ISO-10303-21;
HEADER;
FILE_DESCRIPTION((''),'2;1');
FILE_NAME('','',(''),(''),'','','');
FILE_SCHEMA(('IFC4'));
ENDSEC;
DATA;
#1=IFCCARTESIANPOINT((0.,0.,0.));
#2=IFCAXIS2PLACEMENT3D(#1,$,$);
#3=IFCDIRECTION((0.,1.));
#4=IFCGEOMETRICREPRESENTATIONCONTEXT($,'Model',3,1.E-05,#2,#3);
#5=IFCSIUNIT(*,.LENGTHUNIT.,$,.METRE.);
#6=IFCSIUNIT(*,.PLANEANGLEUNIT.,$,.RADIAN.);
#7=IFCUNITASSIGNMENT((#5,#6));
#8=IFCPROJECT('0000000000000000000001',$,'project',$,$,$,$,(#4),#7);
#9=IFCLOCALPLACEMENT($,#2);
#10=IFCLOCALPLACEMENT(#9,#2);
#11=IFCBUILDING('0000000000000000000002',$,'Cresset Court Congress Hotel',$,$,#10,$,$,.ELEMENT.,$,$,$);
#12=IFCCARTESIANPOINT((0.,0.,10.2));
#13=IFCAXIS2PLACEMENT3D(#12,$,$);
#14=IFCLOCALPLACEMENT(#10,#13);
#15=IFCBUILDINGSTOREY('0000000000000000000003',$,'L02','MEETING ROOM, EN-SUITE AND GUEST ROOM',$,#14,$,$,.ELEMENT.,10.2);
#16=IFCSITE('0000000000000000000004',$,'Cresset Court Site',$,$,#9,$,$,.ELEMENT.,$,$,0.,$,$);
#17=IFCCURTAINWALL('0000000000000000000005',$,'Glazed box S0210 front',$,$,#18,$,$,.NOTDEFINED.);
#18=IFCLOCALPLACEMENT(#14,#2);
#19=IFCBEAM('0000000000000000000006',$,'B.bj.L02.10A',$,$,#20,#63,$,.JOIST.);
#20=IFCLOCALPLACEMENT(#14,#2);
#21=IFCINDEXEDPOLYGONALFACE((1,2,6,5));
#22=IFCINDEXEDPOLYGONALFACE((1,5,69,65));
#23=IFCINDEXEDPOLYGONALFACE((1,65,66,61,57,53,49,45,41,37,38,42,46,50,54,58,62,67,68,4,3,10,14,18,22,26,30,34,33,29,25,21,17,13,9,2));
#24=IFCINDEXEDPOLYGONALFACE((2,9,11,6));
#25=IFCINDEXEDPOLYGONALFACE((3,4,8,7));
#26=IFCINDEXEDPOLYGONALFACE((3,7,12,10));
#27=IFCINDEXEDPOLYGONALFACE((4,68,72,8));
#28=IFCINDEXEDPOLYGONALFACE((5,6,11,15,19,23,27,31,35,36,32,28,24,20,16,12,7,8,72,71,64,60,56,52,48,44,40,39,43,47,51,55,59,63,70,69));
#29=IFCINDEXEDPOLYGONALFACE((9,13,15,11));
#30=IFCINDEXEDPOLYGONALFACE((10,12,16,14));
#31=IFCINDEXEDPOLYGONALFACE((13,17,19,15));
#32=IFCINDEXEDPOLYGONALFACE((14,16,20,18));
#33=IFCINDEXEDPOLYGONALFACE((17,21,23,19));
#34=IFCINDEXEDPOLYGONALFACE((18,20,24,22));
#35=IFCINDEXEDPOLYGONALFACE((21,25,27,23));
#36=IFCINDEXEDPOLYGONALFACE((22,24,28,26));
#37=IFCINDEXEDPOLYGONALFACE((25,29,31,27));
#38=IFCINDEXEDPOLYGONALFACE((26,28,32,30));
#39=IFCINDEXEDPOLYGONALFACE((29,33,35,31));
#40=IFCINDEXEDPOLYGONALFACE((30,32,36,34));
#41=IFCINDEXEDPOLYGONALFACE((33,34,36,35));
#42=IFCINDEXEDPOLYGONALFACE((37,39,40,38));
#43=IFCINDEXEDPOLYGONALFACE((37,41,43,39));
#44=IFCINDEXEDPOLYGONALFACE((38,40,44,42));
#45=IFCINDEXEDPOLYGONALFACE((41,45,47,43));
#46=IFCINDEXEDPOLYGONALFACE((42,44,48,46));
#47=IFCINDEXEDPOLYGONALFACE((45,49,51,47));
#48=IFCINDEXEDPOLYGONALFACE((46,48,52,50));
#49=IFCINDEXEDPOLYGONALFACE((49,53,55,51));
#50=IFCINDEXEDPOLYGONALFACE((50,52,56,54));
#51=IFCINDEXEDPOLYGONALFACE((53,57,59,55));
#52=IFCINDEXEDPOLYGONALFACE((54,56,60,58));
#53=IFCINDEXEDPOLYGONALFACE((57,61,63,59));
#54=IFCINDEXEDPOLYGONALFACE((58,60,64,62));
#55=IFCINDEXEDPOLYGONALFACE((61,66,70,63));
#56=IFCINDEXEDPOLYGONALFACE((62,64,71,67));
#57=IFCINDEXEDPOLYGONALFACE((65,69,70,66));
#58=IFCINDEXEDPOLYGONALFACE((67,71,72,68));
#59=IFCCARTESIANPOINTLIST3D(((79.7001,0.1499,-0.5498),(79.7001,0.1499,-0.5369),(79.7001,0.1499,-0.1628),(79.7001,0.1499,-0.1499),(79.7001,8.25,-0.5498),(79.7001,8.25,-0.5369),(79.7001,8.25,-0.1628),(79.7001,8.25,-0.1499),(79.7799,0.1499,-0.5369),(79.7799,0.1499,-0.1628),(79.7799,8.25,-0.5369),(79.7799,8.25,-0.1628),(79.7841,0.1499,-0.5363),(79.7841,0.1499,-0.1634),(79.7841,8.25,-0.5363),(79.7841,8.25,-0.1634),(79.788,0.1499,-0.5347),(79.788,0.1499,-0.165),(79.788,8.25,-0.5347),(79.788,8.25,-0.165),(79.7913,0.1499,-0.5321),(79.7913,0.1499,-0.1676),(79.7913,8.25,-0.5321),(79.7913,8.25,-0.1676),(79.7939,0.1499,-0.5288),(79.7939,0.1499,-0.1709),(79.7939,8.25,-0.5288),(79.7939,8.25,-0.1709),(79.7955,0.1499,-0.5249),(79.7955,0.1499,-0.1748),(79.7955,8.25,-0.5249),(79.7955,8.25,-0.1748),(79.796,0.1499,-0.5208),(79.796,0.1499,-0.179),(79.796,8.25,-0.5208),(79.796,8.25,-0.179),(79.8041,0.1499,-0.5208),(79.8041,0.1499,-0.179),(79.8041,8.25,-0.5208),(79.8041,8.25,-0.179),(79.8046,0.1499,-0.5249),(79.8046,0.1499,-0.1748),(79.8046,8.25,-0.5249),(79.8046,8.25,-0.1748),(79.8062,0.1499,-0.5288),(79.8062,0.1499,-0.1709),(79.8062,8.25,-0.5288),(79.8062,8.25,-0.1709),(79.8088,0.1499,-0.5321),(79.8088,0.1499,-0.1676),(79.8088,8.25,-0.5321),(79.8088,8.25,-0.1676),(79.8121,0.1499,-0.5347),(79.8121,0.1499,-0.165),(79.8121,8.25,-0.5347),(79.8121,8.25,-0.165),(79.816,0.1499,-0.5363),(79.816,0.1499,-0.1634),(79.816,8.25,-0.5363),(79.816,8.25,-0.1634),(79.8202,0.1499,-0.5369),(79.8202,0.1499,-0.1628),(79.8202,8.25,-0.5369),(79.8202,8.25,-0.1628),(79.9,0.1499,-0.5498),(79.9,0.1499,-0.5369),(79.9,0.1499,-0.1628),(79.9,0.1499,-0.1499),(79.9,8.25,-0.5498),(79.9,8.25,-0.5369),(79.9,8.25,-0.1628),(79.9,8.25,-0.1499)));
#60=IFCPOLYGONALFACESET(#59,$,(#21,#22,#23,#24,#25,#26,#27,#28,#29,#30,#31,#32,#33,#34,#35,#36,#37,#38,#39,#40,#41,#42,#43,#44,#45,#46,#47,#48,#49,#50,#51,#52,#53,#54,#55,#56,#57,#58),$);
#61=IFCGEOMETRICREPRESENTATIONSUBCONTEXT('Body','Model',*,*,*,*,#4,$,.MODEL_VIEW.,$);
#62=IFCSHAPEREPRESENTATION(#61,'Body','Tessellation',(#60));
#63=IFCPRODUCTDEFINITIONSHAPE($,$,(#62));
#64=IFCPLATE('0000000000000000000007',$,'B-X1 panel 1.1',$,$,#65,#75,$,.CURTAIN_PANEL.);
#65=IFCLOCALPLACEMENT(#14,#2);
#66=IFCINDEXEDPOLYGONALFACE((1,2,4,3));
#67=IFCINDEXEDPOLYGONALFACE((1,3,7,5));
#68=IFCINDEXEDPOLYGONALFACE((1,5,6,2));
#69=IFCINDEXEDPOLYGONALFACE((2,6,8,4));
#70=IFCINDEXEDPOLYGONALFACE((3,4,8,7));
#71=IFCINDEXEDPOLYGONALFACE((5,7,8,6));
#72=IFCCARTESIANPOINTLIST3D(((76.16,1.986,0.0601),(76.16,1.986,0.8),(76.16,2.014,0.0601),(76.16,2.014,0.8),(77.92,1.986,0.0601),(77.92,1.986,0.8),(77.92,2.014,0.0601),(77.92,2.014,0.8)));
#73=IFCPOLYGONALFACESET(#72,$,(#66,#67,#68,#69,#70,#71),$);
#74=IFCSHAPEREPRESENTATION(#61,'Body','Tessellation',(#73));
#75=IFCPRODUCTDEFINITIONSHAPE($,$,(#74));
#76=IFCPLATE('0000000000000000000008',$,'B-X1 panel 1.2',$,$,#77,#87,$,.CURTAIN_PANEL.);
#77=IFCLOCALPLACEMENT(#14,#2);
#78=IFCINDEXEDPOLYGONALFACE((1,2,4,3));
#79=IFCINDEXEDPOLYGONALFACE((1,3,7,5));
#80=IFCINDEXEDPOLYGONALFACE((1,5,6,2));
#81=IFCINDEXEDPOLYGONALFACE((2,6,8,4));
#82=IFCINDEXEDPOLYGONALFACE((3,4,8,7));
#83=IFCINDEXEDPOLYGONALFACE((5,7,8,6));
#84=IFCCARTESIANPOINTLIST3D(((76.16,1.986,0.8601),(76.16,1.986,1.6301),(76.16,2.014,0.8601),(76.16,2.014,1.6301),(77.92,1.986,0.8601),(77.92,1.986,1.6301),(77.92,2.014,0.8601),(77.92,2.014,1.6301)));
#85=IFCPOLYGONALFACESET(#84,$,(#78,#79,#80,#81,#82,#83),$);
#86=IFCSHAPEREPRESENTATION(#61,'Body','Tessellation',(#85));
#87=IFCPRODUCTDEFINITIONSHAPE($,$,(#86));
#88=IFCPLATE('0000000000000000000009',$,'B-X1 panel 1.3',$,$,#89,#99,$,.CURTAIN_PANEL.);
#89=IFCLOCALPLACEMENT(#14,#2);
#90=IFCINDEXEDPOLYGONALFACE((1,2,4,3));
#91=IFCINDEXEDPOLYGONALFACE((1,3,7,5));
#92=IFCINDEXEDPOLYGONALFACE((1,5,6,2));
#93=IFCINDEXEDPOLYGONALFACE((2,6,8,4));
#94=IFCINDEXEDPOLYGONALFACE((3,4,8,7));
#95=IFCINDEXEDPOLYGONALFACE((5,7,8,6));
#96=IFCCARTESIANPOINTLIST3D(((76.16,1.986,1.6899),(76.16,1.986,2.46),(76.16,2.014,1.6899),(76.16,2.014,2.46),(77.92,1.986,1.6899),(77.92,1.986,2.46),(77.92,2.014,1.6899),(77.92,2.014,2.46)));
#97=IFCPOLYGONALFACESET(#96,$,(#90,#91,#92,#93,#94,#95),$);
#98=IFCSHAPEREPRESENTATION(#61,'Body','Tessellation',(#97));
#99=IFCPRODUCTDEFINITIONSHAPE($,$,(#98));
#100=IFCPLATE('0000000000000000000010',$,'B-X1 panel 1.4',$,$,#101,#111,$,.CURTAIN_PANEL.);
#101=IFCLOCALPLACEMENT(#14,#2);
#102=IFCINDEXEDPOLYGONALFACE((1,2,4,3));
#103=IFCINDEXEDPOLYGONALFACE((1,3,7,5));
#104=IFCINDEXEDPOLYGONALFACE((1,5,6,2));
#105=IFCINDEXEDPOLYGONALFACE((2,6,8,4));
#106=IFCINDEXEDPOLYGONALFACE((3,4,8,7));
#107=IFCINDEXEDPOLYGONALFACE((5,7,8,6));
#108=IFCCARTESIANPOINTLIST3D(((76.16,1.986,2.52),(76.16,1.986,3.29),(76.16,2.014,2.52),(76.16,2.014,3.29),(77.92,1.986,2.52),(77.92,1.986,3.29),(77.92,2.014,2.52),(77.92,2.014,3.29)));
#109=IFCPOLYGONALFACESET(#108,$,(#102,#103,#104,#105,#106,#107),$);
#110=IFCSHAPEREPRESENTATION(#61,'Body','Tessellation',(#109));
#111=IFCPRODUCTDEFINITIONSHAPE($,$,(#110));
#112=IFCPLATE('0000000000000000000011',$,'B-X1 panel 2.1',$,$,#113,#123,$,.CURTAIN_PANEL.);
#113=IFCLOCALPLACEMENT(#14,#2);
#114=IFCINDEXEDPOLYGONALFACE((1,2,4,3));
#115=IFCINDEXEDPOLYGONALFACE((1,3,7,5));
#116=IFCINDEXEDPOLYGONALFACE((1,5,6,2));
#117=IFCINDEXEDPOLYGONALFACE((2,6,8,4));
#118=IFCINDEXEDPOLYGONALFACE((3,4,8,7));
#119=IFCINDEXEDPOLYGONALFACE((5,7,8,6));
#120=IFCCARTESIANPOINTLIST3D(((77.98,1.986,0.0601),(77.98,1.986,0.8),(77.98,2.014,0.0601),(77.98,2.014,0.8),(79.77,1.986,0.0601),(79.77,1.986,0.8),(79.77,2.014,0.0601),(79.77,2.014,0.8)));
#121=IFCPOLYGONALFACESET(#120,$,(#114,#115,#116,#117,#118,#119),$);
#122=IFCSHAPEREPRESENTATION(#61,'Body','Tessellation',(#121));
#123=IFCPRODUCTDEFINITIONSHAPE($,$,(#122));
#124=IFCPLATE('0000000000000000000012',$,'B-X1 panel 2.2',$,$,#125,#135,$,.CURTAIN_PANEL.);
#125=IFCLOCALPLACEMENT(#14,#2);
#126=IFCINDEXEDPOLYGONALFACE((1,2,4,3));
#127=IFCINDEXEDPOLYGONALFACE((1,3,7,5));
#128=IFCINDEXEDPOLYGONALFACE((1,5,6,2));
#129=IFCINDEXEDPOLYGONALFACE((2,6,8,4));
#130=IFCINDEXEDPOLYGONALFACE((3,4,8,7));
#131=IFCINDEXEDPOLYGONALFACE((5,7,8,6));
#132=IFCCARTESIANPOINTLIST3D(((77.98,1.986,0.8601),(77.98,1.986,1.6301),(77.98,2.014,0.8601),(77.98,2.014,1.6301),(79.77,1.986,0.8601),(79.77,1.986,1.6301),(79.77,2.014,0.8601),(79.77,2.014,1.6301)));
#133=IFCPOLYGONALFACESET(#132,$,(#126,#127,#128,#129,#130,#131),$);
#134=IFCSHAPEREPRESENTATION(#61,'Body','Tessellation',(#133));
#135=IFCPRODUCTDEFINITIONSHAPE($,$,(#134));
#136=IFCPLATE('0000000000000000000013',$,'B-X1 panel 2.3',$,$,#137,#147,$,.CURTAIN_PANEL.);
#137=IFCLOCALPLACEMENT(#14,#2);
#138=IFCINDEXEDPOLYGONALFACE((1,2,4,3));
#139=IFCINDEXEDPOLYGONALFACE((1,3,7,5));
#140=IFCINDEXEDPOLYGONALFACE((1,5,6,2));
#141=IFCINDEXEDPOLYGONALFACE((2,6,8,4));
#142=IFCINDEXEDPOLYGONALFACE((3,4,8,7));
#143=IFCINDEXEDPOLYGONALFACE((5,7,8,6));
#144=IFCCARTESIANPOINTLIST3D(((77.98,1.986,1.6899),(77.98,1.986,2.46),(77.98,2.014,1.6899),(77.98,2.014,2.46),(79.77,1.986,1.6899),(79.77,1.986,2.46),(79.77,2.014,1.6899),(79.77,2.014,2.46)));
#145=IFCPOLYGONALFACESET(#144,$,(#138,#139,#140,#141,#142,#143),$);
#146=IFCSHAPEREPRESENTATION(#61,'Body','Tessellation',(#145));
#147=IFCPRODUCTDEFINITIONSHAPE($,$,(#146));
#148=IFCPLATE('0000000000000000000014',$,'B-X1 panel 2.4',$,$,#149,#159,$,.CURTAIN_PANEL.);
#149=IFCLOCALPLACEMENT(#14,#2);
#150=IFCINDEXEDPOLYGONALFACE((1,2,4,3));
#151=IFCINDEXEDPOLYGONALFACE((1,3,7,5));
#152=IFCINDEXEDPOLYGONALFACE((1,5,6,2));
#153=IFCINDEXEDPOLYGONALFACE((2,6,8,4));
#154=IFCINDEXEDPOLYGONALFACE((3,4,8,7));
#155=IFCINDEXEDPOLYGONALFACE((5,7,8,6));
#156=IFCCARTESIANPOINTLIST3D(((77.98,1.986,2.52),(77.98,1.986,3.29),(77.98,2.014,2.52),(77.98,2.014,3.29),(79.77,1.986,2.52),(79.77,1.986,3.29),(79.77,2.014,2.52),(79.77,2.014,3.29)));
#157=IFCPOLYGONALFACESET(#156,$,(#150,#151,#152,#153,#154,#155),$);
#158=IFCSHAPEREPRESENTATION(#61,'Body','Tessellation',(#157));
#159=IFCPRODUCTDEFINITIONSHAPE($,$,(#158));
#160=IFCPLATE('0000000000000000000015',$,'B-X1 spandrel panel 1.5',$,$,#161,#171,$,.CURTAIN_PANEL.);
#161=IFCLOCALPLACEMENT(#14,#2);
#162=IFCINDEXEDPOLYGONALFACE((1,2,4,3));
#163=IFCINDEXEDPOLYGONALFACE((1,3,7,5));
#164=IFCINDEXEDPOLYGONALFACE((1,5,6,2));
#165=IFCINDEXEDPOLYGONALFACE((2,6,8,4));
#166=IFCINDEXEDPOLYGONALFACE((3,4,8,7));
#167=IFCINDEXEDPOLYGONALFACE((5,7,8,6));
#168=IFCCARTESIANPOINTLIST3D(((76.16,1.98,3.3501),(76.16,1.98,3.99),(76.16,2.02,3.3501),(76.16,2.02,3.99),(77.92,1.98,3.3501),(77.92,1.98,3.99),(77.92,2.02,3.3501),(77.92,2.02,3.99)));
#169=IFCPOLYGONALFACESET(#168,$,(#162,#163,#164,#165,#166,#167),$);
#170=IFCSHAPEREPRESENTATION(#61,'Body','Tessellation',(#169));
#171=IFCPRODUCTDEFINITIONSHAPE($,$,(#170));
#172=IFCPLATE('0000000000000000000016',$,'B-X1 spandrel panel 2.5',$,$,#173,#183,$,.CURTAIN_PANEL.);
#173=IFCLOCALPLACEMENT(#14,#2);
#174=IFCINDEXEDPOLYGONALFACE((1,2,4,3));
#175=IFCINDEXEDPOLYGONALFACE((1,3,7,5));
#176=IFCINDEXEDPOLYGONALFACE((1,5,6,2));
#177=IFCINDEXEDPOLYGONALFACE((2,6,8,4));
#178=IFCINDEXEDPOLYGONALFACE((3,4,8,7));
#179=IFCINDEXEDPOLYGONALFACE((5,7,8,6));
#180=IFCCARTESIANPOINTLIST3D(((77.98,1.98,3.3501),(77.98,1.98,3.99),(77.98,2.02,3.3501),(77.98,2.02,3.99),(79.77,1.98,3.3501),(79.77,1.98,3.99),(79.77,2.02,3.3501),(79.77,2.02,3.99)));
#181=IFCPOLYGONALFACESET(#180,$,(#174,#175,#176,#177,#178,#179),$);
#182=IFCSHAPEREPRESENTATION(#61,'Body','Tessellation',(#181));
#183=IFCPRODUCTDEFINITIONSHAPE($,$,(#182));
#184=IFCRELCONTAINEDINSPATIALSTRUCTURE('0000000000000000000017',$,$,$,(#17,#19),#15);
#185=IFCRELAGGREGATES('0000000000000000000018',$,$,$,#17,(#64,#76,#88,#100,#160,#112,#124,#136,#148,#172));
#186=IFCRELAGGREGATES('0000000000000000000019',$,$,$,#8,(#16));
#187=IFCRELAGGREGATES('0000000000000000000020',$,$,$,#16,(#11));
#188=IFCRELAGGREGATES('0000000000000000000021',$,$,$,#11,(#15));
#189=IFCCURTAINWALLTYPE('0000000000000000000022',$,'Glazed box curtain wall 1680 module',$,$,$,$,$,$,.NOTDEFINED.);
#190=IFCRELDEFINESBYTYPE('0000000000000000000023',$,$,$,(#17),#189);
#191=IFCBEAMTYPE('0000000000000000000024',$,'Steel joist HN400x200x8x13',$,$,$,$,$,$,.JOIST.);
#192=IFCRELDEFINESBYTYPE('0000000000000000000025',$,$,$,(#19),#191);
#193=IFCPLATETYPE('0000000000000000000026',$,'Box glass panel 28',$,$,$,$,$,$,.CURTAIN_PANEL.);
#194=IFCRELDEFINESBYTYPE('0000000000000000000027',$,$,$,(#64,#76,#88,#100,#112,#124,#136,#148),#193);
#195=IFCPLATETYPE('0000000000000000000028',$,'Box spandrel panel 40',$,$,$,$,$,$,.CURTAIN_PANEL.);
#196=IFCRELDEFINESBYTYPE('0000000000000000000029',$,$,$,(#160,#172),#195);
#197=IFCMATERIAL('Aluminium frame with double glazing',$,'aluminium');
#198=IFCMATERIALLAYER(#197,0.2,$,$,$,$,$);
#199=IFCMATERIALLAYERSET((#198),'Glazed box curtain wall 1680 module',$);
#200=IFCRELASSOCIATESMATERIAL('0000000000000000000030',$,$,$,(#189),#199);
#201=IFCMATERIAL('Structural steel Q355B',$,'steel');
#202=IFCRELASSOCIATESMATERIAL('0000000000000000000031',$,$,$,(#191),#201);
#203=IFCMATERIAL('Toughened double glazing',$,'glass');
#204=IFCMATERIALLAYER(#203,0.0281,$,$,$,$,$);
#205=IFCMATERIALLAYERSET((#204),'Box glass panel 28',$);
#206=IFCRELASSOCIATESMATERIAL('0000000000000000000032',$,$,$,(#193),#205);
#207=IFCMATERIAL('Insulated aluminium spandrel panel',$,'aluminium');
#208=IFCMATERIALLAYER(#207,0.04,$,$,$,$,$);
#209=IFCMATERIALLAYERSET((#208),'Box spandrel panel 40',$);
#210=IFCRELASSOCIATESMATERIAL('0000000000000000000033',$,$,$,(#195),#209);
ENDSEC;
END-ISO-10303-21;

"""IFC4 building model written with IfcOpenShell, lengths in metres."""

from ifc_helpers import new_model, si_unit, direction, frame, origin, origin_2d, place, context, subcontext, project, spatial, rectangle, i_section, extrude, material, layer, layer_set, material_profile, profile_set, type_object, element, aggregate, save


model = new_model("IFC4")

# Units and contexts
model_context = context("Model", 3, precision=1e-05, world=origin(), true_north=direction((0.0, 1.0)))
body_context = subcontext(model_context, "Body", "Model", "MODEL_VIEW")
ifc_project = project(units=[si_unit("LENGTHUNIT", "METRE"), si_unit("PLANEANGLEUNIT", "RADIAN")], contexts=[model_context])

# Site, building, storey
site_placement = place(None, origin())
site = spatial("IfcSite", under=ifc_project, at=site_placement, Name="Cresset Court Site", CompositionType="ELEMENT", RefElevation=0.0)
building_placement = place(site_placement, origin())
building = spatial("IfcBuilding", under=site, at=building_placement, Name="Cresset Court Congress Hotel", CompositionType="ELEMENT")
storey_placement = place(building_placement, frame((0.0, 0.0, 10.2)))
storey = spatial("IfcBuildingStorey", under=building, at=storey_placement, Name="L02", Description="MEETING ROOM, EN-SUITE AND GUEST ROOM", CompositionType="ELEMENT", Elevation=10.2)

# Curtain wall
ifc_material_1 = material(Name="Aluminium frame with double glazing", Category="aluminium")
ifc_layer_1 = layer(ifc_material_1, 0.2)
ifc_layer_set_1 = layer_set([ifc_layer_1], Name="Glazed box curtain wall 1680 module")
curtain_wall_type = type_object("IfcCurtainWallType", Name="Glazed box curtain wall 1680 module", PredefinedType="NOTDEFINED", material=ifc_layer_set_1)
curtain_wall_placement = place(storey_placement, origin())
curtain_wall = element("IfcCurtainWall", 1, at=curtain_wall_placement, inside=storey, type_object=curtain_wall_type, Name="Glazed box S0210 front", PredefinedType="NOTDEFINED")

# Beam
ifc_material_2 = material(Name="Structural steel Q355B", Category="steel")
ifc_material_profile_1 = material_profile(ifc_material_2, i_section(OverallWidth=0.2, OverallDepth=0.3999, WebThickness=0.0081, FlangeThickness=0.0129, FilletRadius=0.0161, at=origin_2d()), Name="HN400x200x8x13")
ifc_profile_set_1 = profile_set([ifc_material_profile_1], Name="Structural steel Q355B")
beam_type = type_object("IfcBeamType", Name="Steel joist HN400x200x8x13", PredefinedType="JOIST", material=ifc_profile_set_1)
beam_placement = place(storey_placement, frame((79.8, 0.1499, -0.3499), z_axis=(0.0, 1.0, 0.0), x_axis=(-1.0, 0.0, 0.0)))
element("IfcBeam", 2, at=beam_placement, inside=storey, type_object=beam_type, Name="B.bj.L02.10A", PredefinedType="JOIST", context=body_context, shape_type="SweptSolid", body=[
    extrude(i_section(OverallWidth=0.2, OverallDepth=0.3999, WebThickness=0.0081, FlangeThickness=0.0129, FilletRadius=0.0161, at=origin_2d()), origin(), (0.0, 0.0, 1.0), 8.1001),
])

# Plates
ifc_material_3 = material(Name="Toughened double glazing", Category="glass")
ifc_layer_2 = layer(ifc_material_3, 0.0281)
ifc_layer_set_2 = layer_set([ifc_layer_2], Name="Box glass panel 28")
plate_type_1 = type_object("IfcPlateType", Name="Box glass panel 28", PredefinedType="CURTAIN_PANEL", material=ifc_layer_set_2)
plate_1_placement = place(storey_placement, frame((77.04, 2.0, 0.0601), z_axis=(0.0, 0.0, 1.0), x_axis=(1.0, 0.0, 0.0)))
plate_1 = element("IfcPlate", 3, at=plate_1_placement, type_object=plate_type_1, Name="B-X1 panel 1.1", PredefinedType="CURTAIN_PANEL", context=body_context, shape_type="SweptSolid", body=[
    extrude(rectangle(XDim=1.76, YDim=0.0281, at=origin_2d()), origin(), (0.0, 0.0, 1.0), 0.74),
])
plate_2_placement = place(storey_placement, frame((77.04, 2.0, 0.8601), z_axis=(0.0, 0.0, 1.0), x_axis=(1.0, 0.0, 0.0)))
plate_2 = element("IfcPlate", 4, at=plate_2_placement, type_object=plate_type_1, Name="B-X1 panel 1.2", PredefinedType="CURTAIN_PANEL", context=body_context, shape_type="SweptSolid", body=[
    extrude(rectangle(XDim=1.76, YDim=0.0281, at=origin_2d()), origin(), (0.0, 0.0, 1.0), 0.77),
])
plate_3_placement = place(storey_placement, frame((77.04, 2.0, 1.6899), z_axis=(0.0, 0.0, 1.0), x_axis=(1.0, 0.0, 0.0)))
plate_3 = element("IfcPlate", 5, at=plate_3_placement, type_object=plate_type_1, Name="B-X1 panel 1.3", PredefinedType="CURTAIN_PANEL", context=body_context, shape_type="SweptSolid", body=[
    extrude(rectangle(XDim=1.76, YDim=0.0281, at=origin_2d()), origin(), (0.0, 0.0, 1.0), 0.77),
])
plate_4_placement = place(storey_placement, frame((77.04, 2.0, 2.52), z_axis=(0.0, 0.0, 1.0), x_axis=(1.0, 0.0, 0.0)))
plate_4 = element("IfcPlate", 6, at=plate_4_placement, type_object=plate_type_1, Name="B-X1 panel 1.4", PredefinedType="CURTAIN_PANEL", context=body_context, shape_type="SweptSolid", body=[
    extrude(rectangle(XDim=1.76, YDim=0.0281, at=origin_2d()), origin(), (0.0, 0.0, 1.0), 0.77),
])
plate_5_placement = place(storey_placement, frame((78.875, 2.0, 0.0601), z_axis=(0.0, 0.0, 1.0), x_axis=(1.0, 0.0, 0.0)))
plate_5 = element("IfcPlate", 7, at=plate_5_placement, type_object=plate_type_1, Name="B-X1 panel 2.1", PredefinedType="CURTAIN_PANEL", context=body_context, shape_type="SweptSolid", body=[
    extrude(rectangle(XDim=1.79, YDim=0.0281, at=origin_2d()), origin(), (0.0, 0.0, 1.0), 0.74),
])
plate_6_placement = place(storey_placement, frame((78.875, 2.0, 0.8601), z_axis=(0.0, 0.0, 1.0), x_axis=(1.0, 0.0, 0.0)))
plate_6 = element("IfcPlate", 8, at=plate_6_placement, type_object=plate_type_1, Name="B-X1 panel 2.2", PredefinedType="CURTAIN_PANEL", context=body_context, shape_type="SweptSolid", body=[
    extrude(rectangle(XDim=1.79, YDim=0.0281, at=origin_2d()), origin(), (0.0, 0.0, 1.0), 0.77),
])
plate_7_placement = place(storey_placement, frame((78.875, 2.0, 1.6899), z_axis=(0.0, 0.0, 1.0), x_axis=(1.0, 0.0, 0.0)))
plate_7 = element("IfcPlate", 9, at=plate_7_placement, type_object=plate_type_1, Name="B-X1 panel 2.3", PredefinedType="CURTAIN_PANEL", context=body_context, shape_type="SweptSolid", body=[
    extrude(rectangle(XDim=1.79, YDim=0.0281, at=origin_2d()), origin(), (0.0, 0.0, 1.0), 0.77),
])
plate_8_placement = place(storey_placement, frame((78.875, 2.0, 2.52), z_axis=(0.0, 0.0, 1.0), x_axis=(1.0, 0.0, 0.0)))
plate_8 = element("IfcPlate", 10, at=plate_8_placement, type_object=plate_type_1, Name="B-X1 panel 2.4", PredefinedType="CURTAIN_PANEL", context=body_context, shape_type="SweptSolid", body=[
    extrude(rectangle(XDim=1.79, YDim=0.0281, at=origin_2d()), origin(), (0.0, 0.0, 1.0), 0.77),
])
ifc_material_4 = material(Name="Insulated aluminium spandrel panel", Category="aluminium")
ifc_layer_3 = layer(ifc_material_4, 0.04)
ifc_layer_set_3 = layer_set([ifc_layer_3], Name="Box spandrel panel 40")
plate_type_2 = type_object("IfcPlateType", Name="Box spandrel panel 40", PredefinedType="CURTAIN_PANEL", material=ifc_layer_set_3)
plate_9_placement = place(storey_placement, frame((77.04, 2.0, 3.3501), z_axis=(0.0, 0.0, 1.0), x_axis=(1.0, 0.0, 0.0)))
plate_9 = element("IfcPlate", 11, at=plate_9_placement, type_object=plate_type_2, Name="B-X1 spandrel panel 1.5", PredefinedType="CURTAIN_PANEL", context=body_context, shape_type="SweptSolid", body=[
    extrude(rectangle(XDim=1.76, YDim=0.04, at=origin_2d()), origin(), (0.0, 0.0, 1.0), 0.6399),
])
plate_10_placement = place(storey_placement, frame((78.875, 2.0, 3.3501), z_axis=(0.0, 0.0, 1.0), x_axis=(1.0, 0.0, 0.0)))
plate_10 = element("IfcPlate", 12, at=plate_10_placement, type_object=plate_type_2, Name="B-X1 spandrel panel 2.5", PredefinedType="CURTAIN_PANEL", context=body_context, shape_type="SweptSolid", body=[
    extrude(rectangle(XDim=1.79, YDim=0.04, at=origin_2d()), origin(), (0.0, 0.0, 1.0), 0.6399),
])
aggregate(curtain_wall, [plate_1, plate_2, plate_3, plate_4, plate_9, plate_5, plate_6, plate_7, plate_8, plate_10])

save(model, "model.ifc")
